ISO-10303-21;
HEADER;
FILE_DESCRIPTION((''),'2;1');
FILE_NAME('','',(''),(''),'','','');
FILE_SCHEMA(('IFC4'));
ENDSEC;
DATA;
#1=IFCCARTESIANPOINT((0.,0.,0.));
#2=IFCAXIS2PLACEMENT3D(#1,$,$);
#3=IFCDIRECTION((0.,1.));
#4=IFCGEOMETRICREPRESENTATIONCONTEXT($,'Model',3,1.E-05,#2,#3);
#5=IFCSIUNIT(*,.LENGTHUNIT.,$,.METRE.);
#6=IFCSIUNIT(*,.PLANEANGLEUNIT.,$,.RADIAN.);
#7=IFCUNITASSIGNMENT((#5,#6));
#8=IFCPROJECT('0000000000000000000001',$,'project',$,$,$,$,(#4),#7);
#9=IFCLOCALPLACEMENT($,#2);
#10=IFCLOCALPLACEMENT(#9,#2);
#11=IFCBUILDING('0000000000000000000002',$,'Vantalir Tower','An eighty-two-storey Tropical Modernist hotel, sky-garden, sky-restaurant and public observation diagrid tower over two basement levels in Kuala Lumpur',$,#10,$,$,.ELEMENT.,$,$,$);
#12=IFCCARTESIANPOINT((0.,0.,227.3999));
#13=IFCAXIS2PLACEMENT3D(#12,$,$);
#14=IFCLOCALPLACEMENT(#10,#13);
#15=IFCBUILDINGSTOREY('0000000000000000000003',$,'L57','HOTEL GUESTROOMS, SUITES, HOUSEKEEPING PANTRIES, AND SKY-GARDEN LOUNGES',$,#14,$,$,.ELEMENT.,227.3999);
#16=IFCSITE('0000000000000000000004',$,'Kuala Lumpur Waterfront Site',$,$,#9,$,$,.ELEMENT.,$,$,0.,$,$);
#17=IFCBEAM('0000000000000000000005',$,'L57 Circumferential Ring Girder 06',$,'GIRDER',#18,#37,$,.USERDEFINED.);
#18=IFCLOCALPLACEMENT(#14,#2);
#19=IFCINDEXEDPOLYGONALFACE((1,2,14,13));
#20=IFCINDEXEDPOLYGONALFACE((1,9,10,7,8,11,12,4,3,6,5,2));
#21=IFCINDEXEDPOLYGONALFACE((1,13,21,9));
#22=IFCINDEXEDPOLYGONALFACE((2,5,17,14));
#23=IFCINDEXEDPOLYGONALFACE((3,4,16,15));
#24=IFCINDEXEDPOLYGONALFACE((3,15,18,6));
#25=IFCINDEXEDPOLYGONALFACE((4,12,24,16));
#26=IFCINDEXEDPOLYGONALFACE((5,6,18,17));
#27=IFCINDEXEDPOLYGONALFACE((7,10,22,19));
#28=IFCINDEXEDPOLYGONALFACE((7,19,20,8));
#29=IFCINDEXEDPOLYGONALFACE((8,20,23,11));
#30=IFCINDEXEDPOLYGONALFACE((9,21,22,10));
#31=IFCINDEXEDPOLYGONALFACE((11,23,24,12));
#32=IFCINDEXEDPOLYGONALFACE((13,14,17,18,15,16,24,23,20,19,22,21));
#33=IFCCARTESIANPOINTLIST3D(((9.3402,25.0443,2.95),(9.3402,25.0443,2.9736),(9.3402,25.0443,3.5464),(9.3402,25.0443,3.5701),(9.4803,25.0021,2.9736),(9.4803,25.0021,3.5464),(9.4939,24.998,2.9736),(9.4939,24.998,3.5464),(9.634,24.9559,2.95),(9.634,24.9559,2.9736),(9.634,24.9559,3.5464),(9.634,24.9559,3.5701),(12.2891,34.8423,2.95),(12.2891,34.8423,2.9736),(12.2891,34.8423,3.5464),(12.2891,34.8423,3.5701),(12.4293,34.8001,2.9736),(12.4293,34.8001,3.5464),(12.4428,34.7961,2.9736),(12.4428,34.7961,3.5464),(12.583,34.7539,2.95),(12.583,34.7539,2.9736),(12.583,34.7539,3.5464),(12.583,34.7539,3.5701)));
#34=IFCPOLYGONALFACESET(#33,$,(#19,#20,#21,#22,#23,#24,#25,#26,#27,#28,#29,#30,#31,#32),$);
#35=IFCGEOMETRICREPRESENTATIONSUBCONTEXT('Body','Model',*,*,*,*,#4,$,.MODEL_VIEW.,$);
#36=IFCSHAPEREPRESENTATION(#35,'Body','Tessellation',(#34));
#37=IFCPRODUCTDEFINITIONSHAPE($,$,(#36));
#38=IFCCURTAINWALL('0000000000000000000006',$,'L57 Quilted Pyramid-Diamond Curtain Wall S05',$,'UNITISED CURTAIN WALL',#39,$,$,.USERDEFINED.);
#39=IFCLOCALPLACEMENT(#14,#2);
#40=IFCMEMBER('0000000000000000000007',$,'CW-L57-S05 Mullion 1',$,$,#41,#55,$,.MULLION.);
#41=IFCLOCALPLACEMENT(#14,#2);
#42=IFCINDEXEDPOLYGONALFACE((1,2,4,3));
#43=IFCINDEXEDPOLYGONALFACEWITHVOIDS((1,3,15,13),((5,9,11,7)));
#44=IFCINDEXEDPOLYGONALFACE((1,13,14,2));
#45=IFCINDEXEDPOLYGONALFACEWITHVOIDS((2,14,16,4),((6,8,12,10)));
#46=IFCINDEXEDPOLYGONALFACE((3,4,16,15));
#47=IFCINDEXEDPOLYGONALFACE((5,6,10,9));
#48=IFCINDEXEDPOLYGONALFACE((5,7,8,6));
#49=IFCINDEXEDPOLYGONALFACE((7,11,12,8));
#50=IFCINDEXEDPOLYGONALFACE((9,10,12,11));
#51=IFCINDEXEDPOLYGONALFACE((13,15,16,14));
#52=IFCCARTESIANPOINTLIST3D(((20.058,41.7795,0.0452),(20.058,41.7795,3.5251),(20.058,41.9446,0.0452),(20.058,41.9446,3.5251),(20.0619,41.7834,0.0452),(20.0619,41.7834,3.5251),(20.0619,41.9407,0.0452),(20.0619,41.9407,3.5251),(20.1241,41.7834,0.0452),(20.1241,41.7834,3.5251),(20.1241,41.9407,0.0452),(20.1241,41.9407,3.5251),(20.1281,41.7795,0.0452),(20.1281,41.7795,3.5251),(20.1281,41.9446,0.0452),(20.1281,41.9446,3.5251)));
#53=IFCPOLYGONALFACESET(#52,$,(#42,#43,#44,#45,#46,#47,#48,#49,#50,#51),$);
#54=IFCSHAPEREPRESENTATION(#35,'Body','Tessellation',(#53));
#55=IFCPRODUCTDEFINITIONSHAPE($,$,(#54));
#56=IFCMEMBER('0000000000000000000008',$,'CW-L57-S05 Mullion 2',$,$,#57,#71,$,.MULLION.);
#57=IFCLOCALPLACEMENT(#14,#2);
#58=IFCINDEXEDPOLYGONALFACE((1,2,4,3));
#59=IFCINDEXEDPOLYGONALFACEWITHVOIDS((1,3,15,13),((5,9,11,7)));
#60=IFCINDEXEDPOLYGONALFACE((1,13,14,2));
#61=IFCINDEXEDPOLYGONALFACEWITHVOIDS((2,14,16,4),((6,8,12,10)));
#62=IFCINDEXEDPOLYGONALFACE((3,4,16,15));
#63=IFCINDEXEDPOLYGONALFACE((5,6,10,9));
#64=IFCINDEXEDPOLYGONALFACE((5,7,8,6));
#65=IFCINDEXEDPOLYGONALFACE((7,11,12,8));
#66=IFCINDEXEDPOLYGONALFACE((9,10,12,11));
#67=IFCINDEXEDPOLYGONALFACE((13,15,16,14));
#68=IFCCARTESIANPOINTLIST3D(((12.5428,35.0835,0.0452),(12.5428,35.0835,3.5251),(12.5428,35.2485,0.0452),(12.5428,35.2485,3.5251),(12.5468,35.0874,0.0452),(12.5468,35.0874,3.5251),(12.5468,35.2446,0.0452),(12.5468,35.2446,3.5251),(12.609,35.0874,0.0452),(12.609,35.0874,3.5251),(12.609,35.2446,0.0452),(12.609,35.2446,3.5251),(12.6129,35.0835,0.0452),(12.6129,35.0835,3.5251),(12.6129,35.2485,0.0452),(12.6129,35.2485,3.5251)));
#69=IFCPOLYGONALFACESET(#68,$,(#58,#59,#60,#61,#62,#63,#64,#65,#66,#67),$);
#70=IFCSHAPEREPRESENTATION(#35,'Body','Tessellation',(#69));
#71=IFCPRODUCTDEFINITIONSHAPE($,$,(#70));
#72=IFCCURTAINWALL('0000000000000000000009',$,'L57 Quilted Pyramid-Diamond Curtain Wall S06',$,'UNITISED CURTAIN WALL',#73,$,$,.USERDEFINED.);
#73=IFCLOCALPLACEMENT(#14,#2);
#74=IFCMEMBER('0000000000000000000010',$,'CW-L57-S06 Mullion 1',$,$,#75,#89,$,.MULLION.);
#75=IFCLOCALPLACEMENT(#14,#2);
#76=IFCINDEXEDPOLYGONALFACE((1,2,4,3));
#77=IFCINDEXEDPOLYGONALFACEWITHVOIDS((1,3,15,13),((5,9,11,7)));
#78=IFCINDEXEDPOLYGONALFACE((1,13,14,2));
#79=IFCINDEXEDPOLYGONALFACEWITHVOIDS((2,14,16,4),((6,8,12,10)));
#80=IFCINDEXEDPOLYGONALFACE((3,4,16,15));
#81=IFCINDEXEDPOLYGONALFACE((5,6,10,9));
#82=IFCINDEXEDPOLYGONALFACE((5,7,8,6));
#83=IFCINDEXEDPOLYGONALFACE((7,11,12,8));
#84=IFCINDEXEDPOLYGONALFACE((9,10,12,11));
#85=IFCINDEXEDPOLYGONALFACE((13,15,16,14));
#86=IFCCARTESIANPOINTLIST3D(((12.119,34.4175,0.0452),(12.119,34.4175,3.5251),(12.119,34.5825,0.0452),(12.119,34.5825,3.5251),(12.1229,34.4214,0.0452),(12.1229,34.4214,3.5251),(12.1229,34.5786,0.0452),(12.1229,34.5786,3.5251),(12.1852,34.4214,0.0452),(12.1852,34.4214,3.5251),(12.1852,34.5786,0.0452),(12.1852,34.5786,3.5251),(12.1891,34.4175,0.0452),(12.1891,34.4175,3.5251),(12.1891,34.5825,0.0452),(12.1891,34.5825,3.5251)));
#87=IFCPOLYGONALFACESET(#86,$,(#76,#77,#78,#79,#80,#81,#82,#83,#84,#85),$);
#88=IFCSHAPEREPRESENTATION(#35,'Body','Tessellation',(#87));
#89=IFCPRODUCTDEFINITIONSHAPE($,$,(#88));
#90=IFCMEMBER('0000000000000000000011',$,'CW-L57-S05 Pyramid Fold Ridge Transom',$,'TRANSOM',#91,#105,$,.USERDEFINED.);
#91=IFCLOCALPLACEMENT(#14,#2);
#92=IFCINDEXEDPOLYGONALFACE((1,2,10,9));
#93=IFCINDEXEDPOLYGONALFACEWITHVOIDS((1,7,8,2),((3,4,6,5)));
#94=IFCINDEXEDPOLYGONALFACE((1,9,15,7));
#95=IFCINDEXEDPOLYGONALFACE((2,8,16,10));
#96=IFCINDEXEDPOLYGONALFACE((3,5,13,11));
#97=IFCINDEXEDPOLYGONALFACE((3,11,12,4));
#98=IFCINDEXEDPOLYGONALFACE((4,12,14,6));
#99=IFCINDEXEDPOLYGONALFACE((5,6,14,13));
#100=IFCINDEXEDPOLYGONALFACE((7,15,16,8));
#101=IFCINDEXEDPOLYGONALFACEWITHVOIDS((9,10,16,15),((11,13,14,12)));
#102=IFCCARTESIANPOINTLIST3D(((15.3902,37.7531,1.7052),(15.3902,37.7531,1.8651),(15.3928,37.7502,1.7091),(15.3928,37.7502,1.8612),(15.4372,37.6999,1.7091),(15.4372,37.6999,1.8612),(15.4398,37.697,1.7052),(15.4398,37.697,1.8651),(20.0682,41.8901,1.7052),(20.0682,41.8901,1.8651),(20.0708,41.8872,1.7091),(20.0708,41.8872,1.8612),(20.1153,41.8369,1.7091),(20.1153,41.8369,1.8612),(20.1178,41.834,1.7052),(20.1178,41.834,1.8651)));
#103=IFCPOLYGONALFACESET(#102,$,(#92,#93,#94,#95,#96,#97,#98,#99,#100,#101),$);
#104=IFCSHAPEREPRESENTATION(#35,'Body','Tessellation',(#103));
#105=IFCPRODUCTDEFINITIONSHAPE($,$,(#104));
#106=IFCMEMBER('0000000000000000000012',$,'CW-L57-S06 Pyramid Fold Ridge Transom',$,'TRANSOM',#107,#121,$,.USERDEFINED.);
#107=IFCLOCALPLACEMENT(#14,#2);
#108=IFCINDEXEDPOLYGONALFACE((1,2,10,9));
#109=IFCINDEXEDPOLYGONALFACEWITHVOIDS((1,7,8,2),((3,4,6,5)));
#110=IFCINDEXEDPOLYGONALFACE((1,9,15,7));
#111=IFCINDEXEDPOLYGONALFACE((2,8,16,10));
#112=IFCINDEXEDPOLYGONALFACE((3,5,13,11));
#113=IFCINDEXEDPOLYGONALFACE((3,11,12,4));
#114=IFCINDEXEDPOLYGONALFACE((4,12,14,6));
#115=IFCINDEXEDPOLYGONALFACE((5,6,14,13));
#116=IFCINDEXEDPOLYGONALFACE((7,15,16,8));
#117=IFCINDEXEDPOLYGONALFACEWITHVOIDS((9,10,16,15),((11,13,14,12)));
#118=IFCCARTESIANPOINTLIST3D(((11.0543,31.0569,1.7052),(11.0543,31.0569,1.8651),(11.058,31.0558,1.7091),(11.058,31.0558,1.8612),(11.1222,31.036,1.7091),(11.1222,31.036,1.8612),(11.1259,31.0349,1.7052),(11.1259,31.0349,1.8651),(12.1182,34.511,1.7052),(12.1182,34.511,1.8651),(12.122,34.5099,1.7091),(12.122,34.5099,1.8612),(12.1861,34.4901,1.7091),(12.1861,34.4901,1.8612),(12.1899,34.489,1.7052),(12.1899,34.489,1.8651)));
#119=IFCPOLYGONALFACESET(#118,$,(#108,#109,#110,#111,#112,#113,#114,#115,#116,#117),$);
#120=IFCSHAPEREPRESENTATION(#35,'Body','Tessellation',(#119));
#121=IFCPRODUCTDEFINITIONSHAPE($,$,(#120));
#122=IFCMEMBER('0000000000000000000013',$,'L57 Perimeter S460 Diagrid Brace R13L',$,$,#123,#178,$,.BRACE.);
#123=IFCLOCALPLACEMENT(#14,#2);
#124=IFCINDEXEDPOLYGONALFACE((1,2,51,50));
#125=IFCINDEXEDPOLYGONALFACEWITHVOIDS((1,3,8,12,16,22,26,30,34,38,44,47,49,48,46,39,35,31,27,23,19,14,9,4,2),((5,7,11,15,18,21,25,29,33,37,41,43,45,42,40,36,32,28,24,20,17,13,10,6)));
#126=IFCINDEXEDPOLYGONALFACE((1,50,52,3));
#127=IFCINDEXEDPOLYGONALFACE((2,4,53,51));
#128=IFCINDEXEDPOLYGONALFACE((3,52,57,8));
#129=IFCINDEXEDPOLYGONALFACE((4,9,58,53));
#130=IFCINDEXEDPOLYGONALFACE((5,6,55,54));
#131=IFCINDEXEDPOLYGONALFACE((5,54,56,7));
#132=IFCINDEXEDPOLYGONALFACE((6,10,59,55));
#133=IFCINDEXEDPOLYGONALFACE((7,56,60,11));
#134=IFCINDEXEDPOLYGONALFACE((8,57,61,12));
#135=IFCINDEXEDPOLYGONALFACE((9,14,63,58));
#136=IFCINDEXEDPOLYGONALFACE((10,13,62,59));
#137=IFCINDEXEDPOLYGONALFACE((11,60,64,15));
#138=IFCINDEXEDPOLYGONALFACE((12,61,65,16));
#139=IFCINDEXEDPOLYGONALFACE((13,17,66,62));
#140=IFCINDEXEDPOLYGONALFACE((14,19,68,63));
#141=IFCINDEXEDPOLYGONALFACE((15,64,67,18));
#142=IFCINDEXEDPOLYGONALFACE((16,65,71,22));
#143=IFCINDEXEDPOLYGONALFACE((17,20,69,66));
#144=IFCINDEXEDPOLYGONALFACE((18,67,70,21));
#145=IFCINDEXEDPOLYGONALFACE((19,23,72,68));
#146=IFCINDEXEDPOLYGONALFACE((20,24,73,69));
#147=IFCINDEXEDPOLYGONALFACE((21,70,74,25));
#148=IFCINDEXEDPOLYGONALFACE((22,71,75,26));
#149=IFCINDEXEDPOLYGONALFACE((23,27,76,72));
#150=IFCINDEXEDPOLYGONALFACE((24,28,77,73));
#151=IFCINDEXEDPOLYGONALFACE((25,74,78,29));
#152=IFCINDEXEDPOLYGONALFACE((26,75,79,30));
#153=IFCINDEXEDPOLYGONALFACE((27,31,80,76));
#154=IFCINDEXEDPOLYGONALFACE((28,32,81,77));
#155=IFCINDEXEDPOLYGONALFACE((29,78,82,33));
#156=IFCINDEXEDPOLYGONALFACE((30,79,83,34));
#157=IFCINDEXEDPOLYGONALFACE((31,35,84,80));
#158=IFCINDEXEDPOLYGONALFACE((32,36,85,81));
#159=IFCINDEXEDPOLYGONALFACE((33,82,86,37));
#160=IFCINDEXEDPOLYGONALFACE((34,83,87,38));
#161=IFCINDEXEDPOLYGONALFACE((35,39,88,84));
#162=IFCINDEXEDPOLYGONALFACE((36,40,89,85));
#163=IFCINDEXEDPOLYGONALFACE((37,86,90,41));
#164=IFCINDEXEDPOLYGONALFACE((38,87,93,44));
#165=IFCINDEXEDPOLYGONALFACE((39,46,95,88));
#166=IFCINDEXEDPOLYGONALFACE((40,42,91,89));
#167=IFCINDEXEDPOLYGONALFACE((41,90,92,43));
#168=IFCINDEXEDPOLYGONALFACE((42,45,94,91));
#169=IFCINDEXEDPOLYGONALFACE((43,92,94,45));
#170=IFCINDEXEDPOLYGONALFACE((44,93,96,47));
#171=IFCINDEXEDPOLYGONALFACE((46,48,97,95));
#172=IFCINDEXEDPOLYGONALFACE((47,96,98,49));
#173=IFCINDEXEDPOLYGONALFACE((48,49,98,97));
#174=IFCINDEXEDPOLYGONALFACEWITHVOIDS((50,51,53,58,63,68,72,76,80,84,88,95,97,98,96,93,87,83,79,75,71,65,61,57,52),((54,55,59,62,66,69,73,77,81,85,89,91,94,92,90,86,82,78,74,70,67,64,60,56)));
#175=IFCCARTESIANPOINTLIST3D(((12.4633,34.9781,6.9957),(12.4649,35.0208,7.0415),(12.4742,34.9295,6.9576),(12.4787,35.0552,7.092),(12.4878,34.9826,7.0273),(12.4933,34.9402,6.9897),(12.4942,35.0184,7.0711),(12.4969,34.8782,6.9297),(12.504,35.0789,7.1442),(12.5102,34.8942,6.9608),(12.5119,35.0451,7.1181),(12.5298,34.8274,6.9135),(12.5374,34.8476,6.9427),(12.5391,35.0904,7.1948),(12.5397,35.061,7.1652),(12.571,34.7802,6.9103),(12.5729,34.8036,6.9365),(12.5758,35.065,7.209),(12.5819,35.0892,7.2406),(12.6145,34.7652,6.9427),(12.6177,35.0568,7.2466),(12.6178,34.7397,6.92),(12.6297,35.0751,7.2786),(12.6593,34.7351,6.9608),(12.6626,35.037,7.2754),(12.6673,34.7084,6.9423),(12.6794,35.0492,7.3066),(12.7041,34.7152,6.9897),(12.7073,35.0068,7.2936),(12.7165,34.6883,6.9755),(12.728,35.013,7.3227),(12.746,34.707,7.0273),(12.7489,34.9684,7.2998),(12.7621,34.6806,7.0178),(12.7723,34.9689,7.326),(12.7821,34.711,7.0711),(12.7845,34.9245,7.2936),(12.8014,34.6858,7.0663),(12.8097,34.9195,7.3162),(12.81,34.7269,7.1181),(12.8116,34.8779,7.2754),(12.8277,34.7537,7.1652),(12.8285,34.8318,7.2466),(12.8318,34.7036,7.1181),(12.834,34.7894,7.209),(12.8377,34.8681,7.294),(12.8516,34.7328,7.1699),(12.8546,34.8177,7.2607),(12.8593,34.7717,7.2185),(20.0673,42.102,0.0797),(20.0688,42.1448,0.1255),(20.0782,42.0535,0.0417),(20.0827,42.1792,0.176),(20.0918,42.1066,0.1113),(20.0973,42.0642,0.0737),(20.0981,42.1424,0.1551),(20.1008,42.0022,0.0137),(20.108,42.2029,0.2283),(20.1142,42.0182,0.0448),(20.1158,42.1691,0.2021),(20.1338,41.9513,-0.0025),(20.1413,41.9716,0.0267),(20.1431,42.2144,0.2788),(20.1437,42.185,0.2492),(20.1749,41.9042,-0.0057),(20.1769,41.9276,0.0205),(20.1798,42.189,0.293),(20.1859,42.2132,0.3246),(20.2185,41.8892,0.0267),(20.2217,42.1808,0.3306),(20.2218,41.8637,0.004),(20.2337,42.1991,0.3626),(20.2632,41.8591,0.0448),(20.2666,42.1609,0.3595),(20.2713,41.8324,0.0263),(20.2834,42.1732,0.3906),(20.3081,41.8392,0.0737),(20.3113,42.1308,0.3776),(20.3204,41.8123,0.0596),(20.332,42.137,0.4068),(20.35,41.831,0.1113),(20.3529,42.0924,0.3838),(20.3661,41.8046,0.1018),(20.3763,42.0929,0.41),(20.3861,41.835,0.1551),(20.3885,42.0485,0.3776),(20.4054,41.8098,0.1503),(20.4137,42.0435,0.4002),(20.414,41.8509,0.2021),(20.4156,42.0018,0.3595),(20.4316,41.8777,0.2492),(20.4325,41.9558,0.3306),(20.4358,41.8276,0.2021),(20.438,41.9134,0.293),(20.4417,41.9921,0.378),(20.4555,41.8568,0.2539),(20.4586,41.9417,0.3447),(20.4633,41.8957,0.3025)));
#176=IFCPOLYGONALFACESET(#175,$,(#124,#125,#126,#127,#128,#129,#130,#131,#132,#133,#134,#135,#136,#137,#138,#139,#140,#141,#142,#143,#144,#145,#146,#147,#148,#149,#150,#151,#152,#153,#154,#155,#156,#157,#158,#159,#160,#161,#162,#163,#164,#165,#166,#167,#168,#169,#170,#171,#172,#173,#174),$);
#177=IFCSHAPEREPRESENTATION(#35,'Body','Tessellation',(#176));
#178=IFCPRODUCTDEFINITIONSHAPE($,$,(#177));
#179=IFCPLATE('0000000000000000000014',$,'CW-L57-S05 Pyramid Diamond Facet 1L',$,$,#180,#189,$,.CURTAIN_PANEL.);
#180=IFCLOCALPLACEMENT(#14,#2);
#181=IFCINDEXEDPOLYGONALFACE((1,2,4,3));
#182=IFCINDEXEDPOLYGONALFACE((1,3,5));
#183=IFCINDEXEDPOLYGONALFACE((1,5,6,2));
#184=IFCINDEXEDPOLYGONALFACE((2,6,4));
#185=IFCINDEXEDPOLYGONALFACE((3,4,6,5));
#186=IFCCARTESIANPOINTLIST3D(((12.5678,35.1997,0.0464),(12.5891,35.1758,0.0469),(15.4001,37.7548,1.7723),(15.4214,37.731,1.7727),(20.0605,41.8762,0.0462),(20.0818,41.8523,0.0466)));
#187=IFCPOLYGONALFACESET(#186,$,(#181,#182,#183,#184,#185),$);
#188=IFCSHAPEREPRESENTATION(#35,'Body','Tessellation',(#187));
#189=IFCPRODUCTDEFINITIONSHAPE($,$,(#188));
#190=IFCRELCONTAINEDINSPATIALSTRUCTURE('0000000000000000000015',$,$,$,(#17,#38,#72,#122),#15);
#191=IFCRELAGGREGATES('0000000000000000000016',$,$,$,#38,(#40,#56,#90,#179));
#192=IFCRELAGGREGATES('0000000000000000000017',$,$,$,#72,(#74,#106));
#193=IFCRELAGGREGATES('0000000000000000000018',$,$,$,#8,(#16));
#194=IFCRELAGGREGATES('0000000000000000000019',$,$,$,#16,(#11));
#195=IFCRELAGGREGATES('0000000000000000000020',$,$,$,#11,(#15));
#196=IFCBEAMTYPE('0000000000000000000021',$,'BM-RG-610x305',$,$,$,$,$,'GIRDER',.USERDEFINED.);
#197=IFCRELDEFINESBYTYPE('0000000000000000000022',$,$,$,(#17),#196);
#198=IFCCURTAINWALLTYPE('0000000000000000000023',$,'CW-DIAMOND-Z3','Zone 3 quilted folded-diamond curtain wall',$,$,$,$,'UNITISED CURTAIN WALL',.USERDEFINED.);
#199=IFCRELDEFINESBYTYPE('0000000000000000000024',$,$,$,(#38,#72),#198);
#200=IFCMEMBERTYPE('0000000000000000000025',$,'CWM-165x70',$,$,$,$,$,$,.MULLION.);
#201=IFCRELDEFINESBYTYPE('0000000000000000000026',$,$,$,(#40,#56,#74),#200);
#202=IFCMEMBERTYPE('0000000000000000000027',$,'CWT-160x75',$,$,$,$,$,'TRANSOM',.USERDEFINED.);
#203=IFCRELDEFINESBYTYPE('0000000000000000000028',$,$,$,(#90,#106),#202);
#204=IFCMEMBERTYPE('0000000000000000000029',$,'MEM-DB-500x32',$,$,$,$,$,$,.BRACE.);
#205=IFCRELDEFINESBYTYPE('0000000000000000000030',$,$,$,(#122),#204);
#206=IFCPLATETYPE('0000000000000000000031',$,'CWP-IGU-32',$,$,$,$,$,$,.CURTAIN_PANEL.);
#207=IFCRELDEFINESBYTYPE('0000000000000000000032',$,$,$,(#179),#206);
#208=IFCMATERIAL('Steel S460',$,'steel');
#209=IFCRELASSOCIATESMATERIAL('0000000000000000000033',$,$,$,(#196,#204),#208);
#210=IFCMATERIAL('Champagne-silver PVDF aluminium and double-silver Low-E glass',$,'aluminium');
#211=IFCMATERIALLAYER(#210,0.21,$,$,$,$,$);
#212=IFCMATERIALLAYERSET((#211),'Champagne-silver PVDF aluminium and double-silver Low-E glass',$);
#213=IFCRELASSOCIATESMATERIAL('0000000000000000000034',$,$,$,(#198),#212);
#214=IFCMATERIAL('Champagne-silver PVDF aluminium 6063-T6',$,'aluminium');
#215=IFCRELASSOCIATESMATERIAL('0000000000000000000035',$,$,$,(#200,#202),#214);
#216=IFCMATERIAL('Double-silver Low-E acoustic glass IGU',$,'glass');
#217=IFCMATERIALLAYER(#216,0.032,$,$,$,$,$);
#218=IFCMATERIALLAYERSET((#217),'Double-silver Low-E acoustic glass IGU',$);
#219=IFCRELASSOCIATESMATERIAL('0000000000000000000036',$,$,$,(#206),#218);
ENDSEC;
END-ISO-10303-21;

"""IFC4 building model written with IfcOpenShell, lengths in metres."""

from ifc_helpers import new_model, si_unit, direction, frame, origin, origin_2d, place, context, subcontext, project, spatial, polyline, hollow_rectangle, hollow_circle, i_section, outline, extrude, material, layer, layer_set, material_profile, profile_set, type_object, element, aggregate, save


model = new_model("IFC4")

# Units and contexts
model_context = context("Model", 3, precision=1e-05, world=origin(), true_north=direction((0.0, 1.0)))
body_context = subcontext(model_context, "Body", "Model", "MODEL_VIEW")
ifc_project = project(units=[si_unit("LENGTHUNIT", "METRE"), si_unit("PLANEANGLEUNIT", "RADIAN")], contexts=[model_context])

# Site, building, storey
site_placement = place(None, origin())
site = spatial("IfcSite", under=ifc_project, at=site_placement, Name="Kuala Lumpur Waterfront Site", CompositionType="ELEMENT", RefElevation=0.0)
building_placement = place(site_placement, origin())
building = spatial("IfcBuilding", under=site, at=building_placement, Name="Vantalir Tower", Description="An eighty-two-storey Tropical Modernist hotel, sky-garden, sky-restaurant and public observation diagrid tower over two basement levels in Kuala Lumpur", CompositionType="ELEMENT")
storey_placement = place(building_placement, frame((0.0, 0.0, 227.3999)))
storey = spatial("IfcBuildingStorey", under=building, at=storey_placement, Name="L57", Description="HOTEL GUESTROOMS, SUITES, HOUSEKEEPING PANTRIES, AND SKY-GARDEN LOUNGES", CompositionType="ELEMENT", Elevation=227.3999)

# Shared definitions
ifc_material_1 = material(Name="Steel S460", Category="steel")

# Beam
ifc_material_profile_1 = material_profile(ifc_material_1, i_section(OverallWidth=0.3069, OverallDepth=0.6201, WebThickness=0.0142, FlangeThickness=0.0237, at=origin_2d()), Name="Steel S460")
ifc_profile_set_1 = profile_set([ifc_material_profile_1], Name="Steel S460")
beam_type_1 = type_object("IfcBeamType", Name="BM-RG-610x305", ElementType="GIRDER", PredefinedType="USERDEFINED", material=ifc_profile_set_1)
beam_1_placement = place(storey_placement, frame((12.436, 34.7981, 3.26), z_axis=(-0.288204, -0.957569, 0.0), x_axis=(0.957569, -0.288204, 0.0)))
element("IfcBeam", 1, at=beam_1_placement, inside=storey, type_object=beam_type_1, Name="L57 Circumferential Ring Girder 06", ObjectType="GIRDER", PredefinedType="USERDEFINED", context=body_context, shape_type="SweptSolid", body=[
    extrude(i_section(OverallWidth=0.3069, OverallDepth=0.6201, WebThickness=0.0142, FlangeThickness=0.0237, at=origin_2d()), origin(), (0.0, 0.0, 1.0), 10.2322),
])

# Curtain wall, members
ifc_material_2 = material(Name="Champagne-silver PVDF aluminium and double-silver Low-E glass", Category="aluminium")
ifc_layer_1 = layer(ifc_material_2, 0.21)
ifc_layer_set_1 = layer_set([ifc_layer_1], Name="Champagne-silver PVDF aluminium and double-silver Low-E glass")
curtain_wall_type = type_object("IfcCurtainWallType", Name="CW-DIAMOND-Z3", Description="Zone 3 quilted folded-diamond curtain wall", ElementType="UNITISED CURTAIN WALL", PredefinedType="USERDEFINED", material=ifc_layer_set_1)
curtain_wall_1_placement = place(storey_placement, origin())
curtain_wall_1 = element("IfcCurtainWall", 2, at=curtain_wall_1_placement, inside=storey, type_object=curtain_wall_type, Name="L57 Quilted Pyramid-Diamond Curtain Wall S05", ObjectType="UNITISED CURTAIN WALL", PredefinedType="USERDEFINED")
ifc_material_3 = material(Name="Champagne-silver PVDF aluminium 6063-T6", Category="aluminium")
ifc_material_profile_2 = material_profile(ifc_material_3, hollow_rectangle(XDim=0.0701, YDim=0.165, WallThickness=0.0039, at=origin_2d()), Name="Champagne-silver PVDF aluminium 6063-T6")
ifc_profile_set_2 = profile_set([ifc_material_profile_2], Name="Champagne-silver PVDF aluminium 6063-T6")
member_type_1 = type_object("IfcMemberType", Name="CWM-165x70", PredefinedType="MULLION", material=ifc_profile_set_2)
member_1_placement = place(storey_placement, frame((20.093, 41.8621, 0.0452), z_axis=(0.0, 0.0, 1.0), x_axis=(1.0, 0.0, 0.0)))
member_1 = element("IfcMember", 3, at=member_1_placement, type_object=member_type_1, Name="CW-L57-S05 Mullion 1", PredefinedType="MULLION", context=body_context, shape_type="SweptSolid", body=[
    extrude(hollow_rectangle(XDim=0.0701, YDim=0.165, WallThickness=0.0039, at=origin_2d()), origin(), (0.0, 0.0, 1.0), 3.48),
])
member_2_placement = place(storey_placement, frame((12.5779, 35.166, 0.0452), z_axis=(0.0, 0.0, 1.0), x_axis=(1.0, 0.0, 0.0)))
member_2 = element("IfcMember", 4, at=member_2_placement, type_object=member_type_1, Name="CW-L57-S05 Mullion 2", PredefinedType="MULLION", context=body_context, shape_type="SweptSolid", body=[
    extrude(hollow_rectangle(XDim=0.0701, YDim=0.165, WallThickness=0.0039, at=origin_2d()), origin(), (0.0, 0.0, 1.0), 3.48),
])

# Curtain wall, member
curtain_wall_2_placement = place(storey_placement, origin())
curtain_wall_2 = element("IfcCurtainWall", 5, at=curtain_wall_2_placement, inside=storey, type_object=curtain_wall_type, Name="L57 Quilted Pyramid-Diamond Curtain Wall S06", ObjectType="UNITISED CURTAIN WALL", PredefinedType="USERDEFINED")
member_3_placement = place(storey_placement, frame((12.1541, 34.5, 0.0452), z_axis=(0.0, 0.0, 1.0), x_axis=(1.0, 0.0, 0.0)))
member_3 = element("IfcMember", 6, at=member_3_placement, type_object=member_type_1, Name="CW-L57-S06 Mullion 1", PredefinedType="MULLION", context=body_context, shape_type="SweptSolid", body=[
    extrude(hollow_rectangle(XDim=0.0701, YDim=0.165, WallThickness=0.0039, at=origin_2d()), origin(), (0.0, 0.0, 1.0), 3.48),
])

# Members
ifc_material_profile_3 = material_profile(ifc_material_3, hollow_rectangle(XDim=0.075, YDim=0.1599, WallThickness=0.0039, at=origin_2d()), Name="Champagne-silver PVDF aluminium 6063-T6")
ifc_profile_set_3 = profile_set([ifc_material_profile_3], Name="Champagne-silver PVDF aluminium 6063-T6")
member_type_2 = type_object("IfcMemberType", Name="CWT-160x75", ElementType="TRANSOM", PredefinedType="USERDEFINED", material=ifc_profile_set_3)
member_4_placement = place(storey_placement, frame((20.093, 41.8621, 1.7852), z_axis=(-0.749096, -0.662462, 0.0), x_axis=(0.662462, -0.749096, 0.0)))
member_4 = element("IfcMember", 7, at=member_4_placement, type_object=member_type_2, Name="CW-L57-S05 Pyramid Fold Ridge Transom", ObjectType="TRANSOM", PredefinedType="USERDEFINED", context=body_context, shape_type="SweptSolid", body=[
    extrude(hollow_rectangle(XDim=0.075, YDim=0.1599, WallThickness=0.0039, at=origin_2d()), origin(), (0.0, 0.0, 1.0), 6.2449),
])
member_5_placement = place(storey_placement, frame((12.1541, 34.5, 1.7852), z_axis=(-0.29438, -0.955688, 0.0), x_axis=(0.955688, -0.29438, 0.0)))
member_5 = element("IfcMember", 8, at=member_5_placement, type_object=member_type_2, Name="CW-L57-S06 Pyramid Fold Ridge Transom", ObjectType="TRANSOM", PredefinedType="USERDEFINED", context=body_context, shape_type="SweptSolid", body=[
    extrude(hollow_rectangle(XDim=0.075, YDim=0.1599, WallThickness=0.0039, at=origin_2d()), origin(), (0.0, 0.0, 1.0), 3.6143),
])
ifc_material_profile_4 = material_profile(ifc_material_1, hollow_circle(Radius=0.25, WallThickness=0.032, at=origin_2d()), Name="Steel S460")
ifc_profile_set_4 = profile_set([ifc_material_profile_4], Name="Steel S460")
member_type_3 = type_object("IfcMemberType", Name="MEM-DB-500x32", PredefinedType="BRACE", material=ifc_profile_set_4)
member_6_placement = place(storey_placement, frame((20.2649, 42.01, 0.2021), z_axis=(-0.608021, -0.569641, 0.553009), x_axis=(0.683699, -0.729764, 0.0)))
element("IfcMember", 9, at=member_6_placement, inside=storey, type_object=member_type_3, Name="L57 Perimeter S460 Diagrid Brace R13L", PredefinedType="BRACE", context=body_context, shape_type="SweptSolid", body=[
    extrude(hollow_circle(Radius=0.25, WallThickness=0.032, at=origin_2d()), origin(), (0.0, 0.0, 1.0), 12.5061),
])

# Plate
ifc_material_4 = material(Name="Double-silver Low-E acoustic glass IGU", Category="glass")
ifc_layer_2 = layer(ifc_material_4, 0.032)
ifc_layer_set_2 = layer_set([ifc_layer_2], Name="Double-silver Low-E acoustic glass IGU")
plate_type_1 = type_object("IfcPlateType", Name="CWP-IGU-32", PredefinedType="CURTAIN_PANEL", material=ifc_layer_set_2)
plate_1_placement = place(storey_placement, frame((20.0818, 41.8523, 0.0466), z_axis=(0.665213, -0.74653, 0.013588), x_axis=(-0.746599, -0.665274, 0.000024)))
plate_1 = element("IfcPlate", 10, at=plate_1_placement, type_object=plate_type_1, Name="CW-L57-S05 Pyramid Diamond Facet 1L", PredefinedType="CURTAIN_PANEL", context=body_context, shape_type="SweptSolid", body=[
    extrude(outline(polyline([(0.0, 0.0), (10.0357, 0.0), (6.2213, -1.7261), (0.0, 0.0)])), origin(), (0.0, 0.0, -1.0), 0.032),
])
aggregate(curtain_wall_1, [member_1, member_2, member_4, plate_1])
aggregate(curtain_wall_2, [member_3, member_5])

save(model, "model.ifc")
